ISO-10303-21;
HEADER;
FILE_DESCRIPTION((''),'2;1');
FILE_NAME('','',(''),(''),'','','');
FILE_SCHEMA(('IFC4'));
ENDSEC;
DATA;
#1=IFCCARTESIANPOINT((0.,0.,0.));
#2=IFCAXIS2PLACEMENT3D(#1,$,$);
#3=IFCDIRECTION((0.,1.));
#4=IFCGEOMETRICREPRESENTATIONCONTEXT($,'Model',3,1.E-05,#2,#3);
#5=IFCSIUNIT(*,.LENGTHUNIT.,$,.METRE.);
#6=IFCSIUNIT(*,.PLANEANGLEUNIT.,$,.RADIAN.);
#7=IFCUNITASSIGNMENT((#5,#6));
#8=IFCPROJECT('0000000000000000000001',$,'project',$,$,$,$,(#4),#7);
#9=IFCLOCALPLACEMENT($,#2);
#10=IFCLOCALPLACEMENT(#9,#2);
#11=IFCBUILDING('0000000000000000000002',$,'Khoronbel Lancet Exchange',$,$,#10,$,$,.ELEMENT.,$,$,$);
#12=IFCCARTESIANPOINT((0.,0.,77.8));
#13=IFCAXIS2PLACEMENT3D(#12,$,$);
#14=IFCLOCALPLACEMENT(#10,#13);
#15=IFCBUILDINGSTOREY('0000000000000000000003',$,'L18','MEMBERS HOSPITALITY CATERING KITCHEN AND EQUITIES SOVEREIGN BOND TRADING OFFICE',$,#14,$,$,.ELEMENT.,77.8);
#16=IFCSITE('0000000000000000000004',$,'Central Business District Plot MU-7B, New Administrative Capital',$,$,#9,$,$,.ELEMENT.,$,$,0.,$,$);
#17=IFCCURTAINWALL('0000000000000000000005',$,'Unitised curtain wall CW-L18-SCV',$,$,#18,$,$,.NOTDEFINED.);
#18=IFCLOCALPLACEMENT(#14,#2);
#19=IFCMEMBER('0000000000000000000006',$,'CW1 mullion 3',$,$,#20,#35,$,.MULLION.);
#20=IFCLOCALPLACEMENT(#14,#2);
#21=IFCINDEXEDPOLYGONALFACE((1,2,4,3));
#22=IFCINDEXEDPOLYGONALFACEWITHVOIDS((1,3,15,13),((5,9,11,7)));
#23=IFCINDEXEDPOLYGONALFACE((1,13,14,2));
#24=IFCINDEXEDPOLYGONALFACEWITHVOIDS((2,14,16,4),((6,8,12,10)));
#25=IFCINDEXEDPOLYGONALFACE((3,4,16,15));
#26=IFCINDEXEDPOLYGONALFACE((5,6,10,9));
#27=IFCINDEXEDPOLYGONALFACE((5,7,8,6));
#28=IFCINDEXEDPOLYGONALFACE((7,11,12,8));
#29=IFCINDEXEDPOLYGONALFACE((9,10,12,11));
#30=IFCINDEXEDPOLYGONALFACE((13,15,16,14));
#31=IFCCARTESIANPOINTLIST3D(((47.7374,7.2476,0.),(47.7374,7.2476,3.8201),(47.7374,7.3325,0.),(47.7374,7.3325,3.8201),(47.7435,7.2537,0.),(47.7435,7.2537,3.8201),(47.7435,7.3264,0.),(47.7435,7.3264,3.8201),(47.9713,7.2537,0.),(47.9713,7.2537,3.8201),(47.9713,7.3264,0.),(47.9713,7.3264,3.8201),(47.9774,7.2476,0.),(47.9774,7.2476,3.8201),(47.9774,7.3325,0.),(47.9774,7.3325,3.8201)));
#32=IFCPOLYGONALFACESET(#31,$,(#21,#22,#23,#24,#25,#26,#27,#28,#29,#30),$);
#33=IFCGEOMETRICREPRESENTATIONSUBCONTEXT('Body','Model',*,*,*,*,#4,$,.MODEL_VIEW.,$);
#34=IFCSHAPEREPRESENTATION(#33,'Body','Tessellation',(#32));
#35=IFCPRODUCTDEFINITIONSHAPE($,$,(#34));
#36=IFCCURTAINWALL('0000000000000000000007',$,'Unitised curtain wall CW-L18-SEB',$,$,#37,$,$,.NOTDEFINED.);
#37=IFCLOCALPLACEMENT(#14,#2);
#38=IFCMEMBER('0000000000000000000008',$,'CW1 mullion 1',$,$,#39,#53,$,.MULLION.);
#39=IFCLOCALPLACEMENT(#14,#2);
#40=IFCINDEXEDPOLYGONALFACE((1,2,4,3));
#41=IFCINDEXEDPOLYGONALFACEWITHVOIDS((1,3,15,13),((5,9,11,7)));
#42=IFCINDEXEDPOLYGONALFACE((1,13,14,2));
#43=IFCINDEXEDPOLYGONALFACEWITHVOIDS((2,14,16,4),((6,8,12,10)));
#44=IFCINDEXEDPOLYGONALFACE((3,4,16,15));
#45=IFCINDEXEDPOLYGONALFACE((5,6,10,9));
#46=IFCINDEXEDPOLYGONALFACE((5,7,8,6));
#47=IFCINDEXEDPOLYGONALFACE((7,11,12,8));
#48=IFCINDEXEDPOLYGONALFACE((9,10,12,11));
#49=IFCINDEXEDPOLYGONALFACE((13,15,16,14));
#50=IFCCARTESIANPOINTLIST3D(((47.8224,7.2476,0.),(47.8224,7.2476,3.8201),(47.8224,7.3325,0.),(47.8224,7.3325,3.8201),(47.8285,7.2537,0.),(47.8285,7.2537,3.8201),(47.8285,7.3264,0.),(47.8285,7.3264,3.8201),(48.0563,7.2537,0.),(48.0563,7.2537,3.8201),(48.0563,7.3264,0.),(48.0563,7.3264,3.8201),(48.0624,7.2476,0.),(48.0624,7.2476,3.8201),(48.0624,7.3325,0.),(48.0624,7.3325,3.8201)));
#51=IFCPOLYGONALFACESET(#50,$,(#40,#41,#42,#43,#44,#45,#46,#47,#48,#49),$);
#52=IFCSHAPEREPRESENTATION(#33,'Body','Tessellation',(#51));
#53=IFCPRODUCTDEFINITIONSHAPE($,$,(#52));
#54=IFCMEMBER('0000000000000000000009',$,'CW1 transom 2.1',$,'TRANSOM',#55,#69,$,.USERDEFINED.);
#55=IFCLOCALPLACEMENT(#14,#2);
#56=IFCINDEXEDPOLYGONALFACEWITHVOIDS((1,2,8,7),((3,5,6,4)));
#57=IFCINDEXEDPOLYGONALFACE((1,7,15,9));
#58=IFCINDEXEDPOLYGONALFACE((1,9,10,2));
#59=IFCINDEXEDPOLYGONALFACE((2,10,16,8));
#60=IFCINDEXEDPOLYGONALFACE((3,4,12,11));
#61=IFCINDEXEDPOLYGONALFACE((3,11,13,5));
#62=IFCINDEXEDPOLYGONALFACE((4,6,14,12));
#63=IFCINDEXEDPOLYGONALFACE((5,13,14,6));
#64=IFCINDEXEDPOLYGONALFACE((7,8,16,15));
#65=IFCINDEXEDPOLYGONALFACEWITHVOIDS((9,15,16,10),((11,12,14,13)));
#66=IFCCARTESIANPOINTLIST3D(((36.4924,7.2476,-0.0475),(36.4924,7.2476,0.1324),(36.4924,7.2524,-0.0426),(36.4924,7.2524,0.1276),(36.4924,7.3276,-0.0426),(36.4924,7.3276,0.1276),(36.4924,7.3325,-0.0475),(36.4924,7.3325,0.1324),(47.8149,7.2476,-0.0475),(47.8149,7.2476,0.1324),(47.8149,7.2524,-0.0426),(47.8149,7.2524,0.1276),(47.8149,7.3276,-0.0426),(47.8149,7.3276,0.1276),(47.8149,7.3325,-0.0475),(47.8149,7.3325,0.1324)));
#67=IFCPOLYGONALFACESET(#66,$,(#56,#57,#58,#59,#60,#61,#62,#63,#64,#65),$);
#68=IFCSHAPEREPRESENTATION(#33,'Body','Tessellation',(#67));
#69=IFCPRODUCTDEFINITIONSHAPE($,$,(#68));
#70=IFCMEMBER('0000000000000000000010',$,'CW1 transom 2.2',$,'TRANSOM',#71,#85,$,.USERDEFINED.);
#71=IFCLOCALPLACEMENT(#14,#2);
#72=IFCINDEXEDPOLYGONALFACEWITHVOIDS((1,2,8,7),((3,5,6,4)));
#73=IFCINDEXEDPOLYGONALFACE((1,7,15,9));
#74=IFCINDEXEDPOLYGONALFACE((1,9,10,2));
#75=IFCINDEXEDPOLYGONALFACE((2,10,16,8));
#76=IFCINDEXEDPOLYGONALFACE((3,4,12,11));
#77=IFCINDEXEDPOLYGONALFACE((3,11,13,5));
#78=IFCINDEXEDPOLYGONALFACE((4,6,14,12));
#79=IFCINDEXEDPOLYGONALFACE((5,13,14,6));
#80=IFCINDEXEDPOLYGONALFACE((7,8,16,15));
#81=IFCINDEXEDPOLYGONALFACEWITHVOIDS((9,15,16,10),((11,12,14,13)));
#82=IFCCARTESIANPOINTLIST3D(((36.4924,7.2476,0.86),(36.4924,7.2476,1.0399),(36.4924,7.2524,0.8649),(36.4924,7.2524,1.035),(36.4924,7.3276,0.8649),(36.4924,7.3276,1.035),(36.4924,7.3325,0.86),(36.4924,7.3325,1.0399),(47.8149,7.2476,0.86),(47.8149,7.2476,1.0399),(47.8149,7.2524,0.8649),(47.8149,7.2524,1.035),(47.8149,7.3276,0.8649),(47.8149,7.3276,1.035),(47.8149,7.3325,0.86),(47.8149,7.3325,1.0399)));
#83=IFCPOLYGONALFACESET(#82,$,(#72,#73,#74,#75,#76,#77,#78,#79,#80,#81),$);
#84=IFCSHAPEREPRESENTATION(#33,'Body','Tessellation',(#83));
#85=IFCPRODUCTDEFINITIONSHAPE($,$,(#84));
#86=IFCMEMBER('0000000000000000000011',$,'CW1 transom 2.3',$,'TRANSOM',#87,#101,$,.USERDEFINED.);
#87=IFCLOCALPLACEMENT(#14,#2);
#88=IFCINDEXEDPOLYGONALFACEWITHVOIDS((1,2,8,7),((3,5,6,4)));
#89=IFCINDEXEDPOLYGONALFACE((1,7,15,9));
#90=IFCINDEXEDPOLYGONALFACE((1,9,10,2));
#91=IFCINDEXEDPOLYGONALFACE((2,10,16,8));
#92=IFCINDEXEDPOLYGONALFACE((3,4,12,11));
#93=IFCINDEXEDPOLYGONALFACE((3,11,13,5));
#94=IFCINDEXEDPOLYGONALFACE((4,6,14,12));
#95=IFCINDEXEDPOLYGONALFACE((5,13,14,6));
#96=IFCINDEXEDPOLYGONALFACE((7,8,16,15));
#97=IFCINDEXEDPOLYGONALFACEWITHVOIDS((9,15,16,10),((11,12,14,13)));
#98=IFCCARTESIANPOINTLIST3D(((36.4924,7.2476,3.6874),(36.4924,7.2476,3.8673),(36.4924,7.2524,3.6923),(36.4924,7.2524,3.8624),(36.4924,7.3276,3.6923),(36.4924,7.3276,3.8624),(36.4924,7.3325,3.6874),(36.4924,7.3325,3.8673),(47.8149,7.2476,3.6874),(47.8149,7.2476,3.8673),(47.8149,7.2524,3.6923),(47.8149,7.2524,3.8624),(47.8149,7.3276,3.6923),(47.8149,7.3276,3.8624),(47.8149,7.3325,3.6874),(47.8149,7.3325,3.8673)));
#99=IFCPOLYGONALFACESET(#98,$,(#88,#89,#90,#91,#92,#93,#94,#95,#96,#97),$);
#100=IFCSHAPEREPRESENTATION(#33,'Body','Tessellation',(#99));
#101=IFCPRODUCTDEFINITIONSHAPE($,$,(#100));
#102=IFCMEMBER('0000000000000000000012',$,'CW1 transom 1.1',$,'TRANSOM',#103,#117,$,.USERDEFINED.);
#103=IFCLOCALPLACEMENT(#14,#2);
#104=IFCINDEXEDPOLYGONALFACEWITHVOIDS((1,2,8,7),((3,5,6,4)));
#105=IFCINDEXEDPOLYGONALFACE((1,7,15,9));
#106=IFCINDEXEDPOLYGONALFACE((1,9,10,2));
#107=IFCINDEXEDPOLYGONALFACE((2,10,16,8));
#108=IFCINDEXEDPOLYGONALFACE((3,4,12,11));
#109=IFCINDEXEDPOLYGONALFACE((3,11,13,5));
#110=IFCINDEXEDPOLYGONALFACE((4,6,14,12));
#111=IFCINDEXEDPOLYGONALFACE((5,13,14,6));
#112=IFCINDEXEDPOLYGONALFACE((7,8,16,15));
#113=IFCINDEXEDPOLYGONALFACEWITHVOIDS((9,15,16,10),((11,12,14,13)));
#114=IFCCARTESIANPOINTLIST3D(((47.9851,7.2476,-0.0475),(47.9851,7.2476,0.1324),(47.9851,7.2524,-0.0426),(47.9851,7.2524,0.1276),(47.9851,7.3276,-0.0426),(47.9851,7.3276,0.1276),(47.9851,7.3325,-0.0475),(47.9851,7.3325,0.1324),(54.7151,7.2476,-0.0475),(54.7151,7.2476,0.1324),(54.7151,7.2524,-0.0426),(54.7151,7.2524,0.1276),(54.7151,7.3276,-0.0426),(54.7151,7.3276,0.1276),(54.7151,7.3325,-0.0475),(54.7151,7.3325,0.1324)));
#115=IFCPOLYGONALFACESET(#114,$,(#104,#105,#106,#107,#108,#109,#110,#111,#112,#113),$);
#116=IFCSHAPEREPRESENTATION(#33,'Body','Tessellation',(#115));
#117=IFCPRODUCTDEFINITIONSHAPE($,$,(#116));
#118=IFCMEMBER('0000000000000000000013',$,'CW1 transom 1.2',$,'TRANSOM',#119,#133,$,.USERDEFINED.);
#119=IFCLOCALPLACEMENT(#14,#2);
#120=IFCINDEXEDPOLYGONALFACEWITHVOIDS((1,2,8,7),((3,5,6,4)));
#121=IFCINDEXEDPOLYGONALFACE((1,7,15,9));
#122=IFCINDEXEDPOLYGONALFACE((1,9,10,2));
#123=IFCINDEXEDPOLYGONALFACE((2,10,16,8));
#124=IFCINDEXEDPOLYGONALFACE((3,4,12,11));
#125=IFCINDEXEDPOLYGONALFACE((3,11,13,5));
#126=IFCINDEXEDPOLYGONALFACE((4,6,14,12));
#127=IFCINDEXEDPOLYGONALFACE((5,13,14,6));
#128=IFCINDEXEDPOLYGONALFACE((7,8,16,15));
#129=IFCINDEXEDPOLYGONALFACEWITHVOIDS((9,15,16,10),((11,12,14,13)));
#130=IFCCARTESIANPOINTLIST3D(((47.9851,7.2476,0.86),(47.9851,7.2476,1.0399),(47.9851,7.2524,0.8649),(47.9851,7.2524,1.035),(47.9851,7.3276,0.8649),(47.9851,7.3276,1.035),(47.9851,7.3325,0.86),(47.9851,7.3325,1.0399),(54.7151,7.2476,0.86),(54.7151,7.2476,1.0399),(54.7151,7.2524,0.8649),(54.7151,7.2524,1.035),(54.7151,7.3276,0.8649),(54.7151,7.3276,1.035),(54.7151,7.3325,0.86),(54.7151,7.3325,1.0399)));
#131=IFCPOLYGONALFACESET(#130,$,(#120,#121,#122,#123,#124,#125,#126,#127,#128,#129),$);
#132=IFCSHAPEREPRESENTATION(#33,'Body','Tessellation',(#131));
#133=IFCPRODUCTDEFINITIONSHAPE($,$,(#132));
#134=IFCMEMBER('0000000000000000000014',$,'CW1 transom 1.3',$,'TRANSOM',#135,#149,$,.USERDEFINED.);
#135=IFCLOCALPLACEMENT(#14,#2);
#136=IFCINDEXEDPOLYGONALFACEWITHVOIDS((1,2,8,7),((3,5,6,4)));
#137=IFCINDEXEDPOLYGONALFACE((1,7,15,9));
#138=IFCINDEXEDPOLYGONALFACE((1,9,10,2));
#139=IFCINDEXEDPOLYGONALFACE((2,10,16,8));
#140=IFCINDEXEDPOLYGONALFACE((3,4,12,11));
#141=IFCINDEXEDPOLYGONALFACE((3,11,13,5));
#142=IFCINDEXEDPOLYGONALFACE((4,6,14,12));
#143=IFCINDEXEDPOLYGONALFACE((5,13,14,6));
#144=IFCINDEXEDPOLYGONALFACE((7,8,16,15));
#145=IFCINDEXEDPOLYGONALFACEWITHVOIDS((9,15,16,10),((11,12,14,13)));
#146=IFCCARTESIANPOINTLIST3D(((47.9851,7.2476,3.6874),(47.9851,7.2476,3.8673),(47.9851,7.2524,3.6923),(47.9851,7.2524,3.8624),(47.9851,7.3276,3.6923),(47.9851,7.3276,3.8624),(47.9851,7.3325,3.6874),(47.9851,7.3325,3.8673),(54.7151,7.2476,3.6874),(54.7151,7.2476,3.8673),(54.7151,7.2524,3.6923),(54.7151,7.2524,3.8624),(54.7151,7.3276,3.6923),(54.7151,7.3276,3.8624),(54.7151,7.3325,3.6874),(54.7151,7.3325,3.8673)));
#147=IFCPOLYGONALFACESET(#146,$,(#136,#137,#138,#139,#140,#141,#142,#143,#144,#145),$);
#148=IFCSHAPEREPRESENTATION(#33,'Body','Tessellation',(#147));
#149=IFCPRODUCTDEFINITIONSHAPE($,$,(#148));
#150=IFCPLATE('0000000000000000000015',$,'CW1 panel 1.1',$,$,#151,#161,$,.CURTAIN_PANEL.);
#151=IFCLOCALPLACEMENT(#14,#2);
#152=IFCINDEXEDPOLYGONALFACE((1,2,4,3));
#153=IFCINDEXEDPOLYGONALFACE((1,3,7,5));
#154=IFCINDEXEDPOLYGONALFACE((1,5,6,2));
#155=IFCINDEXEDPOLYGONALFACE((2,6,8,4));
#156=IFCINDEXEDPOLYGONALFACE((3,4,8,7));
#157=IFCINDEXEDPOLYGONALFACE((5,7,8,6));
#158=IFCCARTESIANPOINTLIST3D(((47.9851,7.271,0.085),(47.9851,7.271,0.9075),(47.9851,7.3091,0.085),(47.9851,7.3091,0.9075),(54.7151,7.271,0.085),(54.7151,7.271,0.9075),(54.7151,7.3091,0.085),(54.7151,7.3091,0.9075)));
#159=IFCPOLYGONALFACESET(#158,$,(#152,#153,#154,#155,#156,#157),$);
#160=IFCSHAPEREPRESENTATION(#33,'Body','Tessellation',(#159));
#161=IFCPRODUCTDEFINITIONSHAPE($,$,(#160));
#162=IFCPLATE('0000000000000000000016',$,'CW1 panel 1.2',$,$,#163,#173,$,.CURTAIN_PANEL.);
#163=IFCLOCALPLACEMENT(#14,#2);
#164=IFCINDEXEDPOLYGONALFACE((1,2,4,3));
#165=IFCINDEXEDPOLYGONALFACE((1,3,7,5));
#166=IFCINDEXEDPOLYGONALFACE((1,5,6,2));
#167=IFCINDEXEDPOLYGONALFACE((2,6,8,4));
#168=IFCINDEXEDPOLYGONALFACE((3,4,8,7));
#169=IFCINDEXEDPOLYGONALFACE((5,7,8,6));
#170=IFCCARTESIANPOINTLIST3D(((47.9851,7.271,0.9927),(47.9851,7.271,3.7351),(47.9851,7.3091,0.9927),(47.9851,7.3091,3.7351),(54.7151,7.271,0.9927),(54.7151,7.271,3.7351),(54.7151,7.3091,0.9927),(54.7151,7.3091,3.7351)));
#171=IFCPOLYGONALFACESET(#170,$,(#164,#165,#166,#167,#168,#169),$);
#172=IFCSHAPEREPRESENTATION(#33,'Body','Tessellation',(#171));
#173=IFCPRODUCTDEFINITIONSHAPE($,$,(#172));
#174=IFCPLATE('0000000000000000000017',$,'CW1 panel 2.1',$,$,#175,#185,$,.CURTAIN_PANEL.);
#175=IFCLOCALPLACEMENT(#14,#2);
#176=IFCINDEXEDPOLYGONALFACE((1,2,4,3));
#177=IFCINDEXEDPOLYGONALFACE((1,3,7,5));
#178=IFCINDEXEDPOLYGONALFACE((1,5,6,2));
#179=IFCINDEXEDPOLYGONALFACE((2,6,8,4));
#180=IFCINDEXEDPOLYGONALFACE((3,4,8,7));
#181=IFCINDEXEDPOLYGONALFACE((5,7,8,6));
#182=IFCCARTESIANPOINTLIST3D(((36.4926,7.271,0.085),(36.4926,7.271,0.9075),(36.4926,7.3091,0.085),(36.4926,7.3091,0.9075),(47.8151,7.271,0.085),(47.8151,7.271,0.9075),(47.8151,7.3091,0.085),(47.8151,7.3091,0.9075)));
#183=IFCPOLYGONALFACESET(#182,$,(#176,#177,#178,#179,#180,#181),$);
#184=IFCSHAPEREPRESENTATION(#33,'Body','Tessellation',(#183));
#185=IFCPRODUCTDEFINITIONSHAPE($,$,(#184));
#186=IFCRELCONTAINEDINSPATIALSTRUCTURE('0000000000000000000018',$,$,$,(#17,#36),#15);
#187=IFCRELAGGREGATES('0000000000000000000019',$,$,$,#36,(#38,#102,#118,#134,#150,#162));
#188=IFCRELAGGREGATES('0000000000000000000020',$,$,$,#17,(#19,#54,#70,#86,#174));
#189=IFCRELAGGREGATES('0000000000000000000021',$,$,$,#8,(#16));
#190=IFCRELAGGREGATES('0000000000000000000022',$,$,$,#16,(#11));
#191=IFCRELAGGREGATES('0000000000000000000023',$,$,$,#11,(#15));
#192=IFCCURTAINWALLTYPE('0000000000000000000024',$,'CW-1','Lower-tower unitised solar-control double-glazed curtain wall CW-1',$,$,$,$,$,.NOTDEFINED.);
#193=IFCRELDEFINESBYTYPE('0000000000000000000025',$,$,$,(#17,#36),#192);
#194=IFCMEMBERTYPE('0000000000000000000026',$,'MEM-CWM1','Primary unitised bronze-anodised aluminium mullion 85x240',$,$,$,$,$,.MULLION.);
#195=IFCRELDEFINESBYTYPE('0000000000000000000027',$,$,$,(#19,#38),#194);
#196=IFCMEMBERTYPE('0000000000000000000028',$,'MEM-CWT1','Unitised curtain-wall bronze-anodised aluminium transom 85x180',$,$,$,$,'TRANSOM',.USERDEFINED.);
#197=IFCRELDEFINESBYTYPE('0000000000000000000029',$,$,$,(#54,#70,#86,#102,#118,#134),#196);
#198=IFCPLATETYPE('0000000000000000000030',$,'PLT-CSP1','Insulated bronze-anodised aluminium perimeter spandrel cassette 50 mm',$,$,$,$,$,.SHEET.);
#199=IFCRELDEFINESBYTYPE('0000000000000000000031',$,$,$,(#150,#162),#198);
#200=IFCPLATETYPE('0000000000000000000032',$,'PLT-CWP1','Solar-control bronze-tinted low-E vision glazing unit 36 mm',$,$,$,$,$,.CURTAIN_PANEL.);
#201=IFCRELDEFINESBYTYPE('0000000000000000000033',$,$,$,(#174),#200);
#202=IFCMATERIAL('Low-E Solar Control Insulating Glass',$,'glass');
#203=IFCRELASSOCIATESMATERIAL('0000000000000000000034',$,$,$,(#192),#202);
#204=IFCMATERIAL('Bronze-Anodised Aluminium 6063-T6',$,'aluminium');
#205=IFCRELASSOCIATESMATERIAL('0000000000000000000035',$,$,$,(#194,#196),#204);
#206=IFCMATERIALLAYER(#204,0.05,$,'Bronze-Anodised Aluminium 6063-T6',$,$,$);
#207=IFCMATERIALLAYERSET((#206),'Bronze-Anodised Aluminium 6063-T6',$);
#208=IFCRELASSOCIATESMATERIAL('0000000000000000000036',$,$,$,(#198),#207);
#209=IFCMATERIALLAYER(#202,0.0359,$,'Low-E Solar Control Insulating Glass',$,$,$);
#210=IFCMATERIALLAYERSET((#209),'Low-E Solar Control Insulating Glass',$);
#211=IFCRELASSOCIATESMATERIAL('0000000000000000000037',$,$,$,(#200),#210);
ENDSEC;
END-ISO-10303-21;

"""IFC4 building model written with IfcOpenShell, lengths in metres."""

from ifc_helpers import new_model, si_unit, direction, frame, origin, origin_2d, place, context, subcontext, project, spatial, rectangle, hollow_rectangle, extrude, material, layer, layer_set, material_profile, profile_set, type_object, element, aggregate, save


model = new_model("IFC4")

# Units and contexts
model_context = context("Model", 3, precision=1e-05, world=origin(), true_north=direction((0.0, 1.0)))
body_context = subcontext(model_context, "Body", "Model", "MODEL_VIEW")
ifc_project = project(units=[si_unit("LENGTHUNIT", "METRE"), si_unit("PLANEANGLEUNIT", "RADIAN")], contexts=[model_context])

# Site, building, storey
site_placement = place(None, origin())
site = spatial("IfcSite", under=ifc_project, at=site_placement, Name="Central Business District Plot MU-7B, New Administrative Capital", CompositionType="ELEMENT", RefElevation=0.0)
building_placement = place(site_placement, origin())
building = spatial("IfcBuilding", under=site, at=building_placement, Name="Khoronbel Lancet Exchange", CompositionType="ELEMENT")
storey_placement = place(building_placement, frame((0.0, 0.0, 77.8)))
storey = spatial("IfcBuildingStorey", under=building, at=storey_placement, Name="L18", Description="MEMBERS HOSPITALITY CATERING KITCHEN AND EQUITIES SOVEREIGN BOND TRADING OFFICE", CompositionType="ELEMENT", Elevation=77.8)

# Curtain wall, member
ifc_material_1 = material(Name="Low-E Solar Control Insulating Glass", Category="glass")
curtain_wall_type = type_object("IfcCurtainWallType", Name="CW-1", Description="Lower-tower unitised solar-control double-glazed curtain wall CW-1", PredefinedType="NOTDEFINED", material=ifc_material_1)
curtain_wall_1_placement = place(storey_placement, origin())
curtain_wall_1 = element("IfcCurtainWall", 1, at=curtain_wall_1_placement, inside=storey, type_object=curtain_wall_type, Name="Unitised curtain wall CW-L18-SCV", PredefinedType="NOTDEFINED")
ifc_material_2 = material(Name="Bronze-Anodised Aluminium 6063-T6", Category="aluminium")
ifc_material_profile_1 = material_profile(ifc_material_2, hollow_rectangle(XDim=0.085, YDim=0.24, WallThickness=0.0061, at=origin_2d()), Name="ALU MULLION 85x240")
ifc_profile_set_1 = profile_set([ifc_material_profile_1], Name="Bronze-Anodised Aluminium 6063-T6")
member_type_1 = type_object("IfcMemberType", Name="MEM-CWM1", Description="Primary unitised bronze-anodised aluminium mullion 85x240", PredefinedType="MULLION", material=ifc_profile_set_1)
member_1_placement = place(storey_placement, frame((47.8574, 7.29, 0.0), z_axis=(0.0, 0.0, 1.0), x_axis=(0.0, 1.0, 0.0)))
member_1 = element("IfcMember", 2, at=member_1_placement, type_object=member_type_1, Name="CW1 mullion 3", PredefinedType="MULLION", context=body_context, shape_type="SweptSolid", body=[
    extrude(hollow_rectangle(XDim=0.085, YDim=0.24, WallThickness=0.0061, at=origin_2d()), origin(), (0.0, 0.0, 1.0), 3.8201),
])

# Curtain wall, member
curtain_wall_2_placement = place(storey_placement, origin())
curtain_wall_2 = element("IfcCurtainWall", 3, at=curtain_wall_2_placement, inside=storey, type_object=curtain_wall_type, Name="Unitised curtain wall CW-L18-SEB", PredefinedType="NOTDEFINED")
member_2_placement = place(storey_placement, frame((47.9424, 7.29, 0.0), z_axis=(0.0, 0.0, 1.0), x_axis=(0.0, 1.0, 0.0)))
member_2 = element("IfcMember", 4, at=member_2_placement, type_object=member_type_1, Name="CW1 mullion 1", PredefinedType="MULLION", context=body_context, shape_type="SweptSolid", body=[
    extrude(hollow_rectangle(XDim=0.085, YDim=0.24, WallThickness=0.0061, at=origin_2d()), origin(), (0.0, 0.0, 1.0), 3.8201),
])

# Members
ifc_material_profile_2 = material_profile(ifc_material_2, hollow_rectangle(XDim=0.085, YDim=0.1799, WallThickness=0.0049, at=origin_2d()), Name="ALU TRANSOM 85x180")
ifc_profile_set_2 = profile_set([ifc_material_profile_2], Name="Bronze-Anodised Aluminium 6063-T6")
member_type_2 = type_object("IfcMemberType", Name="MEM-CWT1", Description="Unitised curtain-wall bronze-anodised aluminium transom 85x180", ElementType="TRANSOM", PredefinedType="USERDEFINED", material=ifc_profile_set_2)
member_3_placement = place(storey_placement, frame((36.4924, 7.29, 0.0425), z_axis=(1.0, 0.0, 0.0), x_axis=(0.0, 1.0, 0.0)))
member_3 = element("IfcMember", 5, at=member_3_placement, type_object=member_type_2, Name="CW1 transom 2.1", ObjectType="TRANSOM", PredefinedType="USERDEFINED", context=body_context, shape_type="SweptSolid", body=[
    extrude(hollow_rectangle(XDim=0.085, YDim=0.1799, WallThickness=0.0049, at=origin_2d()), origin(), (0.0, 0.0, 1.0), 11.3225),
])
member_4_placement = place(storey_placement, frame((36.4924, 7.29, 0.95), z_axis=(1.0, 0.0, 0.0), x_axis=(0.0, 1.0, 0.0)))
member_4 = element("IfcMember", 6, at=member_4_placement, type_object=member_type_2, Name="CW1 transom 2.2", ObjectType="TRANSOM", PredefinedType="USERDEFINED", context=body_context, shape_type="SweptSolid", body=[
    extrude(hollow_rectangle(XDim=0.085, YDim=0.1799, WallThickness=0.0049, at=origin_2d()), origin(), (0.0, 0.0, 1.0), 11.3225),
])
member_5_placement = place(storey_placement, frame((36.4924, 7.29, 3.7773), z_axis=(1.0, 0.0, 0.0), x_axis=(0.0, 1.0, 0.0)))
member_5 = element("IfcMember", 7, at=member_5_placement, type_object=member_type_2, Name="CW1 transom 2.3", ObjectType="TRANSOM", PredefinedType="USERDEFINED", context=body_context, shape_type="SweptSolid", body=[
    extrude(hollow_rectangle(XDim=0.085, YDim=0.1799, WallThickness=0.0049, at=origin_2d()), origin(), (0.0, 0.0, 1.0), 11.3225),
])
member_6_placement = place(storey_placement, frame((47.9851, 7.29, 0.0425), z_axis=(1.0, 0.0, 0.0), x_axis=(0.0, 1.0, 0.0)))
member_6 = element("IfcMember", 8, at=member_6_placement, type_object=member_type_2, Name="CW1 transom 1.1", ObjectType="TRANSOM", PredefinedType="USERDEFINED", context=body_context, shape_type="SweptSolid", body=[
    extrude(hollow_rectangle(XDim=0.085, YDim=0.1799, WallThickness=0.0049, at=origin_2d()), origin(), (0.0, 0.0, 1.0), 6.73),
])
member_7_placement = place(storey_placement, frame((47.9851, 7.29, 0.95), z_axis=(1.0, 0.0, 0.0), x_axis=(0.0, 1.0, 0.0)))
member_7 = element("IfcMember", 9, at=member_7_placement, type_object=member_type_2, Name="CW1 transom 1.2", ObjectType="TRANSOM", PredefinedType="USERDEFINED", context=body_context, shape_type="SweptSolid", body=[
    extrude(hollow_rectangle(XDim=0.085, YDim=0.1799, WallThickness=0.0049, at=origin_2d()), origin(), (0.0, 0.0, 1.0), 6.73),
])
member_8_placement = place(storey_placement, frame((47.9851, 7.29, 3.7773), z_axis=(1.0, 0.0, 0.0), x_axis=(0.0, 1.0, 0.0)))
member_8 = element("IfcMember", 10, at=member_8_placement, type_object=member_type_2, Name="CW1 transom 1.3", ObjectType="TRANSOM", PredefinedType="USERDEFINED", context=body_context, shape_type="SweptSolid", body=[
    extrude(hollow_rectangle(XDim=0.085, YDim=0.1799, WallThickness=0.0049, at=origin_2d()), origin(), (0.0, 0.0, 1.0), 6.73),
])

# Plates
ifc_layer_1 = layer(ifc_material_2, 0.05, Name="Bronze-Anodised Aluminium 6063-T6")
ifc_layer_set_1 = layer_set([ifc_layer_1], Name="Bronze-Anodised Aluminium 6063-T6")
plate_type_1 = type_object("IfcPlateType", Name="PLT-CSP1", Description="Insulated bronze-anodised aluminium perimeter spandrel cassette 50 mm", PredefinedType="SHEET", material=ifc_layer_set_1)
plate_1_placement = place(storey_placement, frame((51.3501, 7.29, 0.085), z_axis=(0.0, 0.0, 1.0), x_axis=(1.0, 0.0, 0.0)))
plate_1 = element("IfcPlate", 11, at=plate_1_placement, type_object=plate_type_1, Name="CW1 panel 1.1", PredefinedType="CURTAIN_PANEL", context=body_context, shape_type="SweptSolid", body=[
    extrude(rectangle(XDim=6.73, YDim=0.0381, at=origin_2d()), origin(), (0.0, 0.0, 1.0), 0.8225),
])
plate_2_placement = place(storey_placement, frame((51.3501, 7.29, 0.9927), z_axis=(0.0, 0.0, 1.0), x_axis=(1.0, 0.0, 0.0)))
plate_2 = element("IfcPlate", 12, at=plate_2_placement, type_object=plate_type_1, Name="CW1 panel 1.2", PredefinedType="CURTAIN_PANEL", context=body_context, shape_type="SweptSolid", body=[
    extrude(rectangle(XDim=6.73, YDim=0.0381, at=origin_2d()), origin(), (0.0, 0.0, 1.0), 2.7424),
])
aggregate(curtain_wall_2, [member_2, member_6, member_7, member_8, plate_1, plate_2])
ifc_layer_2 = layer(ifc_material_1, 0.0359, Name="Low-E Solar Control Insulating Glass")
ifc_layer_set_2 = layer_set([ifc_layer_2], Name="Low-E Solar Control Insulating Glass")
plate_type_2 = type_object("IfcPlateType", Name="PLT-CWP1", Description="Solar-control bronze-tinted low-E vision glazing unit 36 mm", PredefinedType="CURTAIN_PANEL", material=ifc_layer_set_2)
plate_3_placement = place(storey_placement, frame((42.1538, 7.29, 0.085), z_axis=(0.0, 0.0, 1.0), x_axis=(1.0, 0.0, 0.0)))
plate_3 = element("IfcPlate", 13, at=plate_3_placement, type_object=plate_type_2, Name="CW1 panel 2.1", PredefinedType="CURTAIN_PANEL", context=body_context, shape_type="SweptSolid", body=[
    extrude(rectangle(XDim=11.3225, YDim=0.0381, at=origin_2d()), origin(), (0.0, 0.0, 1.0), 0.8225),
])
aggregate(curtain_wall_1, [member_1, member_3, member_4, member_5, plate_3])

save(model, "model.ifc")
